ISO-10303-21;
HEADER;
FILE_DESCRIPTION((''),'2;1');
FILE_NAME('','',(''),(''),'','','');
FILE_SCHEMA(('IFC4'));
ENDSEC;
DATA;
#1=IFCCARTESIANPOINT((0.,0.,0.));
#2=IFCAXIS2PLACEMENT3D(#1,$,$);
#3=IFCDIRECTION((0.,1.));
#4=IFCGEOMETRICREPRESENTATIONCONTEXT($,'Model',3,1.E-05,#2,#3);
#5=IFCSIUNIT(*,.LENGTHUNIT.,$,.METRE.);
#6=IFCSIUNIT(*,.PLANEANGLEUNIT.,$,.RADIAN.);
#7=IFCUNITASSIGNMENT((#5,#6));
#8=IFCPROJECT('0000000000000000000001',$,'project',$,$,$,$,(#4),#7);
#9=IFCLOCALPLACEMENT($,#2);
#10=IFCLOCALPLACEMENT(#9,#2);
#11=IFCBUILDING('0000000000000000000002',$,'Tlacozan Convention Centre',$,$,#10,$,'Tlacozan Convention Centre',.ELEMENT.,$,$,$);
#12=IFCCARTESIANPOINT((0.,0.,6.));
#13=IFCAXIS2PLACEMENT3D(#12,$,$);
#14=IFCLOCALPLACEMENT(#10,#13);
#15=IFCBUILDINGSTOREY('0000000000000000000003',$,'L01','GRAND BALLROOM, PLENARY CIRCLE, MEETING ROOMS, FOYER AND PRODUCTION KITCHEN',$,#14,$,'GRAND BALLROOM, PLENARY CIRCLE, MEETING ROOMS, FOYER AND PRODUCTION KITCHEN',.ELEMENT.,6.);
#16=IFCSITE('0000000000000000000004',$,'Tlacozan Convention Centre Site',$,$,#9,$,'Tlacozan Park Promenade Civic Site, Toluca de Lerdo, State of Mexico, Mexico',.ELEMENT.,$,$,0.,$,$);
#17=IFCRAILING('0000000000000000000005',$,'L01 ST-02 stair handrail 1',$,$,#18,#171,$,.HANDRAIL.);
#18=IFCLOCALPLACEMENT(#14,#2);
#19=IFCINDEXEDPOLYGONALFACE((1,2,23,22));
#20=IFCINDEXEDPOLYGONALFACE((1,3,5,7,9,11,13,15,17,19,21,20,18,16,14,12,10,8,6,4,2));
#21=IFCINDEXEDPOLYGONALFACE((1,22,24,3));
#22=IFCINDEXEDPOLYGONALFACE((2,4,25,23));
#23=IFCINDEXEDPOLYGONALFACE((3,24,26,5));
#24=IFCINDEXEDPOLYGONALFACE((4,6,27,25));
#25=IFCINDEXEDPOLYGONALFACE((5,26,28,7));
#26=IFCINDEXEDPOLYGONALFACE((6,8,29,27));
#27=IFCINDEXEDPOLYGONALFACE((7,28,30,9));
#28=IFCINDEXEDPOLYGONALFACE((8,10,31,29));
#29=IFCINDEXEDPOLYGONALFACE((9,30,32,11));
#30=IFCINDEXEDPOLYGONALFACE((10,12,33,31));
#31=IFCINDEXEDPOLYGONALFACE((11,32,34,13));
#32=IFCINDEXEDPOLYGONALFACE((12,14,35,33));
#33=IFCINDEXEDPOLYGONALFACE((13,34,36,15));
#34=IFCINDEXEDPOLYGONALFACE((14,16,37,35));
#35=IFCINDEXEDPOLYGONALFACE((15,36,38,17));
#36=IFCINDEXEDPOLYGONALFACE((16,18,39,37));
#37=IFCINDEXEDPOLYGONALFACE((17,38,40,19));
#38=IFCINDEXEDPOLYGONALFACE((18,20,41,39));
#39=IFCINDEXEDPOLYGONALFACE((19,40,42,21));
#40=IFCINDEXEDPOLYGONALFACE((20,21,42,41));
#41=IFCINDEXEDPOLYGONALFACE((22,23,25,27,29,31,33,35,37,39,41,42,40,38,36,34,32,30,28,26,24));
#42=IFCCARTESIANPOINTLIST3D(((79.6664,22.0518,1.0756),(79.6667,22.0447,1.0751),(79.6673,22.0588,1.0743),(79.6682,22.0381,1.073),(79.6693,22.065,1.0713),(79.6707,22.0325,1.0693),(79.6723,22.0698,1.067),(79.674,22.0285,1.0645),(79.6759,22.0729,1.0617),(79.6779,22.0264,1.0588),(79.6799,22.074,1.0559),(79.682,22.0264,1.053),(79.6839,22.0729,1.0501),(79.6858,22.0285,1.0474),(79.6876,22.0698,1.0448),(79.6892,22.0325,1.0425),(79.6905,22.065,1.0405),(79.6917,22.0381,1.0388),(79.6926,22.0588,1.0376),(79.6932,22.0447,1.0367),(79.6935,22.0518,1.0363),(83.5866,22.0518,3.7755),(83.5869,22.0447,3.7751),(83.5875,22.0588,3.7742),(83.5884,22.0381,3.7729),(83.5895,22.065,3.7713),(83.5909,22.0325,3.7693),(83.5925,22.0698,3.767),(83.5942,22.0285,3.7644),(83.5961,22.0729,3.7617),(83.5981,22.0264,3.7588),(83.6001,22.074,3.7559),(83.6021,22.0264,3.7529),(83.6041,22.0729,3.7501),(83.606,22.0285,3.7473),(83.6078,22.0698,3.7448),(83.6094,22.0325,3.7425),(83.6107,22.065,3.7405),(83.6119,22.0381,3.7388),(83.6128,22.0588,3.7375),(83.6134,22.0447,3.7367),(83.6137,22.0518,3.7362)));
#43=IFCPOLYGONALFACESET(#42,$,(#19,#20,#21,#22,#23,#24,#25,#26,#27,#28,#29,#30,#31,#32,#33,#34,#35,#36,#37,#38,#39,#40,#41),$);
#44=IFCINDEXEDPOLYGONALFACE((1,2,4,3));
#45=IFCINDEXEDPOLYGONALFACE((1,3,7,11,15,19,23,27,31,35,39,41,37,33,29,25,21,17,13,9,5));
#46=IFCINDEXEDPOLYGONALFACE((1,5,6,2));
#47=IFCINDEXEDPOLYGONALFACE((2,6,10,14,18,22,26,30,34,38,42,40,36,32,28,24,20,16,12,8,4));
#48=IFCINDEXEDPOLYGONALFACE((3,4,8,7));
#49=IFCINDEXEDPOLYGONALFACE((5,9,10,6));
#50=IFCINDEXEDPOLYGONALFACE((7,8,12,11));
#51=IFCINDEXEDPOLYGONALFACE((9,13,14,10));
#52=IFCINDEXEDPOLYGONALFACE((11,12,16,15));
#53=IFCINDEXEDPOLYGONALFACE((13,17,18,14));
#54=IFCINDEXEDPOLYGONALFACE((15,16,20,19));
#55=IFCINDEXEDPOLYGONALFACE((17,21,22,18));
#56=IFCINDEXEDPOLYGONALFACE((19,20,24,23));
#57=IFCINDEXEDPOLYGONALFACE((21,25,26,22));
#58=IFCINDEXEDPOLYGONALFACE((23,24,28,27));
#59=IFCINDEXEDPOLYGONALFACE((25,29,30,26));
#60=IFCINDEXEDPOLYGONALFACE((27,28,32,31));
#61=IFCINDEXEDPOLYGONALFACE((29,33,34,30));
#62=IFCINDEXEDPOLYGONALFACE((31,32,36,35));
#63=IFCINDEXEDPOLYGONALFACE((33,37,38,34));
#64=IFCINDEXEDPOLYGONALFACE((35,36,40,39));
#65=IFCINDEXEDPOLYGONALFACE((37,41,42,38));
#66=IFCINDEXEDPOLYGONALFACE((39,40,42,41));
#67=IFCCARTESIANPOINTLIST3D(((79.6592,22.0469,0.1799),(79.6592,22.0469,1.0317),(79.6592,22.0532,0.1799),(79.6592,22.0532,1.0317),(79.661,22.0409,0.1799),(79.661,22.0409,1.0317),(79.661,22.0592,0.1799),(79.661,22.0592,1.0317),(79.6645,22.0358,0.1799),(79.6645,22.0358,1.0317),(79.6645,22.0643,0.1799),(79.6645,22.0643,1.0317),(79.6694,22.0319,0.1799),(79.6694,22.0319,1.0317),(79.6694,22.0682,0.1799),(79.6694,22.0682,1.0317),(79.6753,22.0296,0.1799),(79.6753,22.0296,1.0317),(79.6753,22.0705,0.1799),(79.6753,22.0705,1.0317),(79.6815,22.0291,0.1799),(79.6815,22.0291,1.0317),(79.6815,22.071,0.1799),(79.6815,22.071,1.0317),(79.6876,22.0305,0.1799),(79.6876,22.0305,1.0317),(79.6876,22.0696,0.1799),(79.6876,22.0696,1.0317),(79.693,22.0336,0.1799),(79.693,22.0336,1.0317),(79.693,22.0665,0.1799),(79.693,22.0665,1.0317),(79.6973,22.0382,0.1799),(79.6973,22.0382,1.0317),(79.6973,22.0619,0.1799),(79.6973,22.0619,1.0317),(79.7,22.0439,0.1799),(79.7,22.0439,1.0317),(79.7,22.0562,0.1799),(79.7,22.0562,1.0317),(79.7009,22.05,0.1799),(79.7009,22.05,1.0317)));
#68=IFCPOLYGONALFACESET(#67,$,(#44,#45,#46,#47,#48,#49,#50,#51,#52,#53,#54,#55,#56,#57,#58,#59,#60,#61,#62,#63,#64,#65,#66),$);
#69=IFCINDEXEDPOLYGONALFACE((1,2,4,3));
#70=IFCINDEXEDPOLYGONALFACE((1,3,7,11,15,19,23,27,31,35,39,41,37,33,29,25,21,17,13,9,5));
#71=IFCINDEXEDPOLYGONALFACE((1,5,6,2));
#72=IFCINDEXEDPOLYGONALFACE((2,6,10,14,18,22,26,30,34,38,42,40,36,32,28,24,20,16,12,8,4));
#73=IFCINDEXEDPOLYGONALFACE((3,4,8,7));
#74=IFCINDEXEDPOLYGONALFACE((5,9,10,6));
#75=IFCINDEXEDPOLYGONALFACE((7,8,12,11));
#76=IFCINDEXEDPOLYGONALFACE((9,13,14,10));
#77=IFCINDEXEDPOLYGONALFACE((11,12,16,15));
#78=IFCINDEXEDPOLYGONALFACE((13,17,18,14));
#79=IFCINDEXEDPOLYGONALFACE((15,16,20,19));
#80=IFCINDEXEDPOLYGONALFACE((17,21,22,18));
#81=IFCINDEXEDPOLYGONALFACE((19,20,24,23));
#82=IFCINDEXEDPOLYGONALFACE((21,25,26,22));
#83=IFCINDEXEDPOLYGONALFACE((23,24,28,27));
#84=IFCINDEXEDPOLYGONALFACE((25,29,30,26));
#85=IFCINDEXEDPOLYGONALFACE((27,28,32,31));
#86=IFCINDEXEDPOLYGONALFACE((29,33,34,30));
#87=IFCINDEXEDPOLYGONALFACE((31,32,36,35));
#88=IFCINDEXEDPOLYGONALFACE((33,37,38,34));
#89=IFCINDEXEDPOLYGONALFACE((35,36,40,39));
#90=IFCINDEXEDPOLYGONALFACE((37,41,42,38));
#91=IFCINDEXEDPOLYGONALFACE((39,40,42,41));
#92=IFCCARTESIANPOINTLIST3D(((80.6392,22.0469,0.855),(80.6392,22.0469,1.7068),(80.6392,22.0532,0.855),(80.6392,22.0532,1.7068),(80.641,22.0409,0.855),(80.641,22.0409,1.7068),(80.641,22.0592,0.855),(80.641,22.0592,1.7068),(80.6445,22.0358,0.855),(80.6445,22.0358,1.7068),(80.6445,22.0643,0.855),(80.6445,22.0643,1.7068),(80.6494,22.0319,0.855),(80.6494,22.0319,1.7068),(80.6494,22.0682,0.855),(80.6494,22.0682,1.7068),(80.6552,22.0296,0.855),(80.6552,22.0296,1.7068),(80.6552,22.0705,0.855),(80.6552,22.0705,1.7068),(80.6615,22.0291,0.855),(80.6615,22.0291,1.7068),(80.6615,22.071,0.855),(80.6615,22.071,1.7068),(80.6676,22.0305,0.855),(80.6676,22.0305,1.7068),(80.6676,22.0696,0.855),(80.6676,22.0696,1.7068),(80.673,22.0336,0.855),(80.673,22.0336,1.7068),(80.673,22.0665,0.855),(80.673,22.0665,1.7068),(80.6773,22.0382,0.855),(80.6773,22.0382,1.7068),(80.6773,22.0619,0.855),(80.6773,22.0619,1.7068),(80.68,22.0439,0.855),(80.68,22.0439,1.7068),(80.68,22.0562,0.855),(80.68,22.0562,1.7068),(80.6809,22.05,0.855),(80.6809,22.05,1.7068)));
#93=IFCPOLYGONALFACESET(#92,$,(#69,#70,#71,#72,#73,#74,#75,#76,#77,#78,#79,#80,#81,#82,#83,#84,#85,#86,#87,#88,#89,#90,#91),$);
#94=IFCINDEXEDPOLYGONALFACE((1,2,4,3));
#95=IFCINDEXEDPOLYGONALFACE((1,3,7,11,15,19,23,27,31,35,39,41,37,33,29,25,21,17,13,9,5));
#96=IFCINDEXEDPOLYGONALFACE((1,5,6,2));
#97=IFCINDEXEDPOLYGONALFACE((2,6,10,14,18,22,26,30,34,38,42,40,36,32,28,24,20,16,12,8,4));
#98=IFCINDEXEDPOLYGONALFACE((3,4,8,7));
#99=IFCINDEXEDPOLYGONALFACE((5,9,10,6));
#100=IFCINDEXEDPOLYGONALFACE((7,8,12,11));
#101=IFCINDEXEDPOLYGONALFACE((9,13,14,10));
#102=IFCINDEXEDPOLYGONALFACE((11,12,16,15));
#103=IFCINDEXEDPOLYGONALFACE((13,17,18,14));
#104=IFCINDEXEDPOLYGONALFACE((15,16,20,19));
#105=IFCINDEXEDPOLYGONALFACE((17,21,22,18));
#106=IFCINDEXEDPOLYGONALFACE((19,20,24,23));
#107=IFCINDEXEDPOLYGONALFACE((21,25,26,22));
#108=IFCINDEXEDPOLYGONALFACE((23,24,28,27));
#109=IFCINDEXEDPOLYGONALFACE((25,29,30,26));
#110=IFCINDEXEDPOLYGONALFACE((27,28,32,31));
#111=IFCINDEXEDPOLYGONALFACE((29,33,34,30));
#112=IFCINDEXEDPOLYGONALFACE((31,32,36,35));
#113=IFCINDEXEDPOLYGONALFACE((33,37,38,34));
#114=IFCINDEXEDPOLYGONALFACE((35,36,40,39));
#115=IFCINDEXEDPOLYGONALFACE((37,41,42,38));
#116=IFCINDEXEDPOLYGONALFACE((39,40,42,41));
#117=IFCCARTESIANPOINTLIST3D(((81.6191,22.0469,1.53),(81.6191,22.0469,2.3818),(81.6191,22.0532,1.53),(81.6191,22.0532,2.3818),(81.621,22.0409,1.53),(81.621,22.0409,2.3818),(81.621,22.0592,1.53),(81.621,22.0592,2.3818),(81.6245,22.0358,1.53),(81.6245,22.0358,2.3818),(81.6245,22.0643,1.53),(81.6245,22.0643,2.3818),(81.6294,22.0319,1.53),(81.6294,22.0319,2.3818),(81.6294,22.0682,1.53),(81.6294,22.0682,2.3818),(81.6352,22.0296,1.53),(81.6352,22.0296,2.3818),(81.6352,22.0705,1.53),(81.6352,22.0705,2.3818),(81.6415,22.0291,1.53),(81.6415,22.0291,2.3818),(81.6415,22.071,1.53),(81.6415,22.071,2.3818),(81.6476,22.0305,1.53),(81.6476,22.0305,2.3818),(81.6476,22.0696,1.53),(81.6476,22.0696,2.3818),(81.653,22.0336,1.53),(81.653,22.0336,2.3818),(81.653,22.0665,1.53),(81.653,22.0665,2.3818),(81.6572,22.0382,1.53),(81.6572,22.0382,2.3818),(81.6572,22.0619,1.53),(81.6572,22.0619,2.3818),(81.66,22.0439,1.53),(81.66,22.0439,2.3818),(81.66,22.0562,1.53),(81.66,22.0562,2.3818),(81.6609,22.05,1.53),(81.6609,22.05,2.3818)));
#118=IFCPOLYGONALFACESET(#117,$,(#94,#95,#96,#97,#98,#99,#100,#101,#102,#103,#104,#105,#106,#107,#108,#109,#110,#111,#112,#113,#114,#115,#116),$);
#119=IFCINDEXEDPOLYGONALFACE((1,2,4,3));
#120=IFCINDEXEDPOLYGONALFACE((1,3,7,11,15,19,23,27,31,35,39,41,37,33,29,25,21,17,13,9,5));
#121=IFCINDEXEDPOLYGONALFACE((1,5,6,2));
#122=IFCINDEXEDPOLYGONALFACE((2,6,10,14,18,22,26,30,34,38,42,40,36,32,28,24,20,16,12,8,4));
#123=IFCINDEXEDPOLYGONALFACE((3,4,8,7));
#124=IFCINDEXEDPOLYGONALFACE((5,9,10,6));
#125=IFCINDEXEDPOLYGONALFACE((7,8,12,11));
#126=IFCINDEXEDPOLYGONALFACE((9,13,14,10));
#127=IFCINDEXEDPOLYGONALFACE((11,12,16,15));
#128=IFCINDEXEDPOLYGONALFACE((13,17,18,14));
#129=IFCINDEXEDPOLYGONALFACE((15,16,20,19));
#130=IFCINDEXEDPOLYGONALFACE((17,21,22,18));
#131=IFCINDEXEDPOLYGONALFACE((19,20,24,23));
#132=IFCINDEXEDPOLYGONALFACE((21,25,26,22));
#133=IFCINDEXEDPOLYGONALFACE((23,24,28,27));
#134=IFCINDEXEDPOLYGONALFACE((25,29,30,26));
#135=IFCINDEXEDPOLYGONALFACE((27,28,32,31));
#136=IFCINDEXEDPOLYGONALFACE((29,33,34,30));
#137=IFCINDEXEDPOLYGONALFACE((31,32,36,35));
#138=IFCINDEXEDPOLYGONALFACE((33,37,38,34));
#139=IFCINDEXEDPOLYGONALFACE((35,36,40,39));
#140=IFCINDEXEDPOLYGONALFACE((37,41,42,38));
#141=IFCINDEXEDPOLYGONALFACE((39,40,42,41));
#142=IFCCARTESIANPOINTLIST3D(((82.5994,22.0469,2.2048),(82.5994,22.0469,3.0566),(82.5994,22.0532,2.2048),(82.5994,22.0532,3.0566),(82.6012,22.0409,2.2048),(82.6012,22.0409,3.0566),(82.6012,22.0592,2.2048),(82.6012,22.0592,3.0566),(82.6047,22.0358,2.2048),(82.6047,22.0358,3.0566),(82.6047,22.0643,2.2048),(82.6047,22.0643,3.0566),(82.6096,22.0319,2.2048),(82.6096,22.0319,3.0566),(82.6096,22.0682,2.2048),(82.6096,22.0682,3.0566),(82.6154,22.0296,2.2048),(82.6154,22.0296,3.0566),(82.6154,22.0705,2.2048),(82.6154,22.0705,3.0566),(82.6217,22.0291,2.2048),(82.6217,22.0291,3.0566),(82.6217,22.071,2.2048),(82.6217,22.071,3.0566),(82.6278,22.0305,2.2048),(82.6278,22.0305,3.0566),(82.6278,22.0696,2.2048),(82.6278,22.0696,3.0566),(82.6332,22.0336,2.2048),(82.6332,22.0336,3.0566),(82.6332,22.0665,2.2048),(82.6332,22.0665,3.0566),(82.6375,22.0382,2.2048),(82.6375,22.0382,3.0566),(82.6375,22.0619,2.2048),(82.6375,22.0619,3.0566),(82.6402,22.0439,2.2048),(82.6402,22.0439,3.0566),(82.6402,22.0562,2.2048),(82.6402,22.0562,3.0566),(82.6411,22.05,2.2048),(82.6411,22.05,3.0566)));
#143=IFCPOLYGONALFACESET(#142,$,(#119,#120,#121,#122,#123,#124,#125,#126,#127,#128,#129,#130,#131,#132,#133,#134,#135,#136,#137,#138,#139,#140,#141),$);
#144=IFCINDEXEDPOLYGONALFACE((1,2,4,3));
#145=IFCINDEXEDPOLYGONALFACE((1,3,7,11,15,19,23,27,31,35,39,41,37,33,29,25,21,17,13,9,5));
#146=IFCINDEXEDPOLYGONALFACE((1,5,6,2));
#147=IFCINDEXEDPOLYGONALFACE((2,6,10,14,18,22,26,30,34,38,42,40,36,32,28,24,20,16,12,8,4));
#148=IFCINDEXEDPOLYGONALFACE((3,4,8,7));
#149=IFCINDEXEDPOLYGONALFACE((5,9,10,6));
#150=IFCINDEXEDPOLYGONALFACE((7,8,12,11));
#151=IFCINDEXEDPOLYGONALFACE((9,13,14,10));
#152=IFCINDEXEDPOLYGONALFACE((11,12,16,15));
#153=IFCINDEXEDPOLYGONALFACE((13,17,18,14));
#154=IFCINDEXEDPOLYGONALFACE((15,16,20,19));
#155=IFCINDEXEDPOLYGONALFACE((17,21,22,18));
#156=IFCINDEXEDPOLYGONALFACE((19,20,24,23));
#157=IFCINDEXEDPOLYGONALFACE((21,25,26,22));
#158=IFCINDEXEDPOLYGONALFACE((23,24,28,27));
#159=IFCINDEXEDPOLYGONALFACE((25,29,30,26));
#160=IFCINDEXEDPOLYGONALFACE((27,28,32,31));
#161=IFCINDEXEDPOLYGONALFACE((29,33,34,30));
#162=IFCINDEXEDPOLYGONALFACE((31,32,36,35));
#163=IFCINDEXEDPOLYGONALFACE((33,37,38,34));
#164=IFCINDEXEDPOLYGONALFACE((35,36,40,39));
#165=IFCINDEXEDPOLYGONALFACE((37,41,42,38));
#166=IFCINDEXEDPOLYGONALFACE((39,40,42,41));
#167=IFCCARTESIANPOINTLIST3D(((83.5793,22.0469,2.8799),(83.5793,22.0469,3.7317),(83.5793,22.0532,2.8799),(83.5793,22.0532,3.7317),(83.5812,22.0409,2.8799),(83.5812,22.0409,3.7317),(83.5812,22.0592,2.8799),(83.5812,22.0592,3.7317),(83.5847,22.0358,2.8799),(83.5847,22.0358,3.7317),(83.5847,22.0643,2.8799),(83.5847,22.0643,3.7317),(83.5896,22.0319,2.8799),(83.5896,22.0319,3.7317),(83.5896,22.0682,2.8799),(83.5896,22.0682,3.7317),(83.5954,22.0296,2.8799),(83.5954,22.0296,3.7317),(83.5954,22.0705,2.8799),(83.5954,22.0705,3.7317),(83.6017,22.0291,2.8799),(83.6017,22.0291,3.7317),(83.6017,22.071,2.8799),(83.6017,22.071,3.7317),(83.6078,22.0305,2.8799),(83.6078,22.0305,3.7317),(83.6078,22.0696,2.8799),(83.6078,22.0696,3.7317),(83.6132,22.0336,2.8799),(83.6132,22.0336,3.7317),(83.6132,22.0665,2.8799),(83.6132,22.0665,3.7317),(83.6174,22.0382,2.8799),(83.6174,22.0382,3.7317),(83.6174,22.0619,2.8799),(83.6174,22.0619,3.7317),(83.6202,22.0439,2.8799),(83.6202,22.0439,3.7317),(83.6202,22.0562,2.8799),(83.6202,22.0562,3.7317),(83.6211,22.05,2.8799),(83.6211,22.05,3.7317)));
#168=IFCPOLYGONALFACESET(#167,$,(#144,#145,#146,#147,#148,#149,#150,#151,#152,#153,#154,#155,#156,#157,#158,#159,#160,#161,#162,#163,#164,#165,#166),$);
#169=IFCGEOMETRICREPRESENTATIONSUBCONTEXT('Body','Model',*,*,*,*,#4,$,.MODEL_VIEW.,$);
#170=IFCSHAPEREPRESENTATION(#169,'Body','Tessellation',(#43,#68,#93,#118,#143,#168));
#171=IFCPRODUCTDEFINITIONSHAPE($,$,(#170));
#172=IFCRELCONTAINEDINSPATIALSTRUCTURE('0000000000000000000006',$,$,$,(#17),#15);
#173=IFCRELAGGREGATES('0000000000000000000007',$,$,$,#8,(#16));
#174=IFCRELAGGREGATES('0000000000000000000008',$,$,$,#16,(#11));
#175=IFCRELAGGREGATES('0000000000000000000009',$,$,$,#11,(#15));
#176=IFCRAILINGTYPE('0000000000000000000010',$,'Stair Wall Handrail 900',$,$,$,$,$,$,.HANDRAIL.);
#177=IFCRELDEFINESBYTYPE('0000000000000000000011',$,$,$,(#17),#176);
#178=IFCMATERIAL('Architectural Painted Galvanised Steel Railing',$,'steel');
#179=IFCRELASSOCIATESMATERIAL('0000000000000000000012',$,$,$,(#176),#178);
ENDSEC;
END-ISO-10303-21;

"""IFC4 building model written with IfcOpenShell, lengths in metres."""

from ifc_helpers import new_model, si_unit, direction, frame, origin, origin_2d, place, context, subcontext, project, spatial, circle, extrude, material, type_object, element, save


model = new_model("IFC4")

# Units and contexts
model_context = context("Model", 3, precision=1e-05, world=origin(), true_north=direction((0.0, 1.0)))
body_context = subcontext(model_context, "Body", "Model", "MODEL_VIEW")
ifc_project = project(units=[si_unit("LENGTHUNIT", "METRE"), si_unit("PLANEANGLEUNIT", "RADIAN")], contexts=[model_context])

# Site, building, storey
site_placement = place(None, origin())
site = spatial("IfcSite", under=ifc_project, at=site_placement, Name="Tlacozan Convention Centre Site", LongName="Tlacozan Park Promenade Civic Site, Toluca de Lerdo, State of Mexico, Mexico", CompositionType="ELEMENT", RefElevation=0.0)
building_placement = place(site_placement, origin())
building = spatial("IfcBuilding", under=site, at=building_placement, Name="Tlacozan Convention Centre", LongName="Tlacozan Convention Centre", CompositionType="ELEMENT")
storey_placement = place(building_placement, frame((0.0, 0.0, 6.0)))
storey = spatial("IfcBuildingStorey", under=building, at=storey_placement, Name="L01", Description="GRAND BALLROOM, PLENARY CIRCLE, MEETING ROOMS, FOYER AND PRODUCTION KITCHEN", LongName="GRAND BALLROOM, PLENARY CIRCLE, MEETING ROOMS, FOYER AND PRODUCTION KITCHEN", CompositionType="ELEMENT", Elevation=6.0)

# Railing
ifc_material_1 = material(Name="Architectural Painted Galvanised Steel Railing", Category="steel")
railing_type_1 = type_object("IfcRailingType", Name="Stair Wall Handrail 900", PredefinedType="HANDRAIL", material=ifc_material_1)
railing_1_placement = place(storey_placement, frame((79.6799, 22.05, 0.1799)))
element("IfcRailing", 1, at=railing_1_placement, inside=storey, type_object=railing_type_1, Name="L01 ST-02 stair handrail 1", PredefinedType="HANDRAIL", context=body_context, shape_type="SweptSolid", body=[
    extrude(circle(Radius=0.0239, at=origin_2d()), frame((0.0, 0.0, 0.876), z_axis=(0.823567, 0.0, 0.567219), x_axis=(0.0, 1.0, 0.0)), (0.0, 0.0, 1.0), 4.76),
    extrude(circle(Radius=0.021, at=origin_2d()), origin(), (0.0, 0.0, 1.0), 0.8518),
    extrude(circle(Radius=0.021, at=origin_2d()), frame((0.98, 0.0, 0.675)), (0.0, 0.0, 1.0), 0.8518),
    extrude(circle(Radius=0.021, at=origin_2d()), frame((1.96, 0.0, 1.3501)), (0.0, 0.0, 1.0), 0.8518),
    extrude(circle(Radius=0.021, at=origin_2d()), frame((2.9402, 0.0, 2.0249)), (0.0, 0.0, 1.0), 0.8518),
    extrude(circle(Radius=0.021, at=origin_2d()), frame((3.9202, 0.0, 2.7)), (0.0, 0.0, 1.0), 0.8518),
])

save(model, "model.ifc")
